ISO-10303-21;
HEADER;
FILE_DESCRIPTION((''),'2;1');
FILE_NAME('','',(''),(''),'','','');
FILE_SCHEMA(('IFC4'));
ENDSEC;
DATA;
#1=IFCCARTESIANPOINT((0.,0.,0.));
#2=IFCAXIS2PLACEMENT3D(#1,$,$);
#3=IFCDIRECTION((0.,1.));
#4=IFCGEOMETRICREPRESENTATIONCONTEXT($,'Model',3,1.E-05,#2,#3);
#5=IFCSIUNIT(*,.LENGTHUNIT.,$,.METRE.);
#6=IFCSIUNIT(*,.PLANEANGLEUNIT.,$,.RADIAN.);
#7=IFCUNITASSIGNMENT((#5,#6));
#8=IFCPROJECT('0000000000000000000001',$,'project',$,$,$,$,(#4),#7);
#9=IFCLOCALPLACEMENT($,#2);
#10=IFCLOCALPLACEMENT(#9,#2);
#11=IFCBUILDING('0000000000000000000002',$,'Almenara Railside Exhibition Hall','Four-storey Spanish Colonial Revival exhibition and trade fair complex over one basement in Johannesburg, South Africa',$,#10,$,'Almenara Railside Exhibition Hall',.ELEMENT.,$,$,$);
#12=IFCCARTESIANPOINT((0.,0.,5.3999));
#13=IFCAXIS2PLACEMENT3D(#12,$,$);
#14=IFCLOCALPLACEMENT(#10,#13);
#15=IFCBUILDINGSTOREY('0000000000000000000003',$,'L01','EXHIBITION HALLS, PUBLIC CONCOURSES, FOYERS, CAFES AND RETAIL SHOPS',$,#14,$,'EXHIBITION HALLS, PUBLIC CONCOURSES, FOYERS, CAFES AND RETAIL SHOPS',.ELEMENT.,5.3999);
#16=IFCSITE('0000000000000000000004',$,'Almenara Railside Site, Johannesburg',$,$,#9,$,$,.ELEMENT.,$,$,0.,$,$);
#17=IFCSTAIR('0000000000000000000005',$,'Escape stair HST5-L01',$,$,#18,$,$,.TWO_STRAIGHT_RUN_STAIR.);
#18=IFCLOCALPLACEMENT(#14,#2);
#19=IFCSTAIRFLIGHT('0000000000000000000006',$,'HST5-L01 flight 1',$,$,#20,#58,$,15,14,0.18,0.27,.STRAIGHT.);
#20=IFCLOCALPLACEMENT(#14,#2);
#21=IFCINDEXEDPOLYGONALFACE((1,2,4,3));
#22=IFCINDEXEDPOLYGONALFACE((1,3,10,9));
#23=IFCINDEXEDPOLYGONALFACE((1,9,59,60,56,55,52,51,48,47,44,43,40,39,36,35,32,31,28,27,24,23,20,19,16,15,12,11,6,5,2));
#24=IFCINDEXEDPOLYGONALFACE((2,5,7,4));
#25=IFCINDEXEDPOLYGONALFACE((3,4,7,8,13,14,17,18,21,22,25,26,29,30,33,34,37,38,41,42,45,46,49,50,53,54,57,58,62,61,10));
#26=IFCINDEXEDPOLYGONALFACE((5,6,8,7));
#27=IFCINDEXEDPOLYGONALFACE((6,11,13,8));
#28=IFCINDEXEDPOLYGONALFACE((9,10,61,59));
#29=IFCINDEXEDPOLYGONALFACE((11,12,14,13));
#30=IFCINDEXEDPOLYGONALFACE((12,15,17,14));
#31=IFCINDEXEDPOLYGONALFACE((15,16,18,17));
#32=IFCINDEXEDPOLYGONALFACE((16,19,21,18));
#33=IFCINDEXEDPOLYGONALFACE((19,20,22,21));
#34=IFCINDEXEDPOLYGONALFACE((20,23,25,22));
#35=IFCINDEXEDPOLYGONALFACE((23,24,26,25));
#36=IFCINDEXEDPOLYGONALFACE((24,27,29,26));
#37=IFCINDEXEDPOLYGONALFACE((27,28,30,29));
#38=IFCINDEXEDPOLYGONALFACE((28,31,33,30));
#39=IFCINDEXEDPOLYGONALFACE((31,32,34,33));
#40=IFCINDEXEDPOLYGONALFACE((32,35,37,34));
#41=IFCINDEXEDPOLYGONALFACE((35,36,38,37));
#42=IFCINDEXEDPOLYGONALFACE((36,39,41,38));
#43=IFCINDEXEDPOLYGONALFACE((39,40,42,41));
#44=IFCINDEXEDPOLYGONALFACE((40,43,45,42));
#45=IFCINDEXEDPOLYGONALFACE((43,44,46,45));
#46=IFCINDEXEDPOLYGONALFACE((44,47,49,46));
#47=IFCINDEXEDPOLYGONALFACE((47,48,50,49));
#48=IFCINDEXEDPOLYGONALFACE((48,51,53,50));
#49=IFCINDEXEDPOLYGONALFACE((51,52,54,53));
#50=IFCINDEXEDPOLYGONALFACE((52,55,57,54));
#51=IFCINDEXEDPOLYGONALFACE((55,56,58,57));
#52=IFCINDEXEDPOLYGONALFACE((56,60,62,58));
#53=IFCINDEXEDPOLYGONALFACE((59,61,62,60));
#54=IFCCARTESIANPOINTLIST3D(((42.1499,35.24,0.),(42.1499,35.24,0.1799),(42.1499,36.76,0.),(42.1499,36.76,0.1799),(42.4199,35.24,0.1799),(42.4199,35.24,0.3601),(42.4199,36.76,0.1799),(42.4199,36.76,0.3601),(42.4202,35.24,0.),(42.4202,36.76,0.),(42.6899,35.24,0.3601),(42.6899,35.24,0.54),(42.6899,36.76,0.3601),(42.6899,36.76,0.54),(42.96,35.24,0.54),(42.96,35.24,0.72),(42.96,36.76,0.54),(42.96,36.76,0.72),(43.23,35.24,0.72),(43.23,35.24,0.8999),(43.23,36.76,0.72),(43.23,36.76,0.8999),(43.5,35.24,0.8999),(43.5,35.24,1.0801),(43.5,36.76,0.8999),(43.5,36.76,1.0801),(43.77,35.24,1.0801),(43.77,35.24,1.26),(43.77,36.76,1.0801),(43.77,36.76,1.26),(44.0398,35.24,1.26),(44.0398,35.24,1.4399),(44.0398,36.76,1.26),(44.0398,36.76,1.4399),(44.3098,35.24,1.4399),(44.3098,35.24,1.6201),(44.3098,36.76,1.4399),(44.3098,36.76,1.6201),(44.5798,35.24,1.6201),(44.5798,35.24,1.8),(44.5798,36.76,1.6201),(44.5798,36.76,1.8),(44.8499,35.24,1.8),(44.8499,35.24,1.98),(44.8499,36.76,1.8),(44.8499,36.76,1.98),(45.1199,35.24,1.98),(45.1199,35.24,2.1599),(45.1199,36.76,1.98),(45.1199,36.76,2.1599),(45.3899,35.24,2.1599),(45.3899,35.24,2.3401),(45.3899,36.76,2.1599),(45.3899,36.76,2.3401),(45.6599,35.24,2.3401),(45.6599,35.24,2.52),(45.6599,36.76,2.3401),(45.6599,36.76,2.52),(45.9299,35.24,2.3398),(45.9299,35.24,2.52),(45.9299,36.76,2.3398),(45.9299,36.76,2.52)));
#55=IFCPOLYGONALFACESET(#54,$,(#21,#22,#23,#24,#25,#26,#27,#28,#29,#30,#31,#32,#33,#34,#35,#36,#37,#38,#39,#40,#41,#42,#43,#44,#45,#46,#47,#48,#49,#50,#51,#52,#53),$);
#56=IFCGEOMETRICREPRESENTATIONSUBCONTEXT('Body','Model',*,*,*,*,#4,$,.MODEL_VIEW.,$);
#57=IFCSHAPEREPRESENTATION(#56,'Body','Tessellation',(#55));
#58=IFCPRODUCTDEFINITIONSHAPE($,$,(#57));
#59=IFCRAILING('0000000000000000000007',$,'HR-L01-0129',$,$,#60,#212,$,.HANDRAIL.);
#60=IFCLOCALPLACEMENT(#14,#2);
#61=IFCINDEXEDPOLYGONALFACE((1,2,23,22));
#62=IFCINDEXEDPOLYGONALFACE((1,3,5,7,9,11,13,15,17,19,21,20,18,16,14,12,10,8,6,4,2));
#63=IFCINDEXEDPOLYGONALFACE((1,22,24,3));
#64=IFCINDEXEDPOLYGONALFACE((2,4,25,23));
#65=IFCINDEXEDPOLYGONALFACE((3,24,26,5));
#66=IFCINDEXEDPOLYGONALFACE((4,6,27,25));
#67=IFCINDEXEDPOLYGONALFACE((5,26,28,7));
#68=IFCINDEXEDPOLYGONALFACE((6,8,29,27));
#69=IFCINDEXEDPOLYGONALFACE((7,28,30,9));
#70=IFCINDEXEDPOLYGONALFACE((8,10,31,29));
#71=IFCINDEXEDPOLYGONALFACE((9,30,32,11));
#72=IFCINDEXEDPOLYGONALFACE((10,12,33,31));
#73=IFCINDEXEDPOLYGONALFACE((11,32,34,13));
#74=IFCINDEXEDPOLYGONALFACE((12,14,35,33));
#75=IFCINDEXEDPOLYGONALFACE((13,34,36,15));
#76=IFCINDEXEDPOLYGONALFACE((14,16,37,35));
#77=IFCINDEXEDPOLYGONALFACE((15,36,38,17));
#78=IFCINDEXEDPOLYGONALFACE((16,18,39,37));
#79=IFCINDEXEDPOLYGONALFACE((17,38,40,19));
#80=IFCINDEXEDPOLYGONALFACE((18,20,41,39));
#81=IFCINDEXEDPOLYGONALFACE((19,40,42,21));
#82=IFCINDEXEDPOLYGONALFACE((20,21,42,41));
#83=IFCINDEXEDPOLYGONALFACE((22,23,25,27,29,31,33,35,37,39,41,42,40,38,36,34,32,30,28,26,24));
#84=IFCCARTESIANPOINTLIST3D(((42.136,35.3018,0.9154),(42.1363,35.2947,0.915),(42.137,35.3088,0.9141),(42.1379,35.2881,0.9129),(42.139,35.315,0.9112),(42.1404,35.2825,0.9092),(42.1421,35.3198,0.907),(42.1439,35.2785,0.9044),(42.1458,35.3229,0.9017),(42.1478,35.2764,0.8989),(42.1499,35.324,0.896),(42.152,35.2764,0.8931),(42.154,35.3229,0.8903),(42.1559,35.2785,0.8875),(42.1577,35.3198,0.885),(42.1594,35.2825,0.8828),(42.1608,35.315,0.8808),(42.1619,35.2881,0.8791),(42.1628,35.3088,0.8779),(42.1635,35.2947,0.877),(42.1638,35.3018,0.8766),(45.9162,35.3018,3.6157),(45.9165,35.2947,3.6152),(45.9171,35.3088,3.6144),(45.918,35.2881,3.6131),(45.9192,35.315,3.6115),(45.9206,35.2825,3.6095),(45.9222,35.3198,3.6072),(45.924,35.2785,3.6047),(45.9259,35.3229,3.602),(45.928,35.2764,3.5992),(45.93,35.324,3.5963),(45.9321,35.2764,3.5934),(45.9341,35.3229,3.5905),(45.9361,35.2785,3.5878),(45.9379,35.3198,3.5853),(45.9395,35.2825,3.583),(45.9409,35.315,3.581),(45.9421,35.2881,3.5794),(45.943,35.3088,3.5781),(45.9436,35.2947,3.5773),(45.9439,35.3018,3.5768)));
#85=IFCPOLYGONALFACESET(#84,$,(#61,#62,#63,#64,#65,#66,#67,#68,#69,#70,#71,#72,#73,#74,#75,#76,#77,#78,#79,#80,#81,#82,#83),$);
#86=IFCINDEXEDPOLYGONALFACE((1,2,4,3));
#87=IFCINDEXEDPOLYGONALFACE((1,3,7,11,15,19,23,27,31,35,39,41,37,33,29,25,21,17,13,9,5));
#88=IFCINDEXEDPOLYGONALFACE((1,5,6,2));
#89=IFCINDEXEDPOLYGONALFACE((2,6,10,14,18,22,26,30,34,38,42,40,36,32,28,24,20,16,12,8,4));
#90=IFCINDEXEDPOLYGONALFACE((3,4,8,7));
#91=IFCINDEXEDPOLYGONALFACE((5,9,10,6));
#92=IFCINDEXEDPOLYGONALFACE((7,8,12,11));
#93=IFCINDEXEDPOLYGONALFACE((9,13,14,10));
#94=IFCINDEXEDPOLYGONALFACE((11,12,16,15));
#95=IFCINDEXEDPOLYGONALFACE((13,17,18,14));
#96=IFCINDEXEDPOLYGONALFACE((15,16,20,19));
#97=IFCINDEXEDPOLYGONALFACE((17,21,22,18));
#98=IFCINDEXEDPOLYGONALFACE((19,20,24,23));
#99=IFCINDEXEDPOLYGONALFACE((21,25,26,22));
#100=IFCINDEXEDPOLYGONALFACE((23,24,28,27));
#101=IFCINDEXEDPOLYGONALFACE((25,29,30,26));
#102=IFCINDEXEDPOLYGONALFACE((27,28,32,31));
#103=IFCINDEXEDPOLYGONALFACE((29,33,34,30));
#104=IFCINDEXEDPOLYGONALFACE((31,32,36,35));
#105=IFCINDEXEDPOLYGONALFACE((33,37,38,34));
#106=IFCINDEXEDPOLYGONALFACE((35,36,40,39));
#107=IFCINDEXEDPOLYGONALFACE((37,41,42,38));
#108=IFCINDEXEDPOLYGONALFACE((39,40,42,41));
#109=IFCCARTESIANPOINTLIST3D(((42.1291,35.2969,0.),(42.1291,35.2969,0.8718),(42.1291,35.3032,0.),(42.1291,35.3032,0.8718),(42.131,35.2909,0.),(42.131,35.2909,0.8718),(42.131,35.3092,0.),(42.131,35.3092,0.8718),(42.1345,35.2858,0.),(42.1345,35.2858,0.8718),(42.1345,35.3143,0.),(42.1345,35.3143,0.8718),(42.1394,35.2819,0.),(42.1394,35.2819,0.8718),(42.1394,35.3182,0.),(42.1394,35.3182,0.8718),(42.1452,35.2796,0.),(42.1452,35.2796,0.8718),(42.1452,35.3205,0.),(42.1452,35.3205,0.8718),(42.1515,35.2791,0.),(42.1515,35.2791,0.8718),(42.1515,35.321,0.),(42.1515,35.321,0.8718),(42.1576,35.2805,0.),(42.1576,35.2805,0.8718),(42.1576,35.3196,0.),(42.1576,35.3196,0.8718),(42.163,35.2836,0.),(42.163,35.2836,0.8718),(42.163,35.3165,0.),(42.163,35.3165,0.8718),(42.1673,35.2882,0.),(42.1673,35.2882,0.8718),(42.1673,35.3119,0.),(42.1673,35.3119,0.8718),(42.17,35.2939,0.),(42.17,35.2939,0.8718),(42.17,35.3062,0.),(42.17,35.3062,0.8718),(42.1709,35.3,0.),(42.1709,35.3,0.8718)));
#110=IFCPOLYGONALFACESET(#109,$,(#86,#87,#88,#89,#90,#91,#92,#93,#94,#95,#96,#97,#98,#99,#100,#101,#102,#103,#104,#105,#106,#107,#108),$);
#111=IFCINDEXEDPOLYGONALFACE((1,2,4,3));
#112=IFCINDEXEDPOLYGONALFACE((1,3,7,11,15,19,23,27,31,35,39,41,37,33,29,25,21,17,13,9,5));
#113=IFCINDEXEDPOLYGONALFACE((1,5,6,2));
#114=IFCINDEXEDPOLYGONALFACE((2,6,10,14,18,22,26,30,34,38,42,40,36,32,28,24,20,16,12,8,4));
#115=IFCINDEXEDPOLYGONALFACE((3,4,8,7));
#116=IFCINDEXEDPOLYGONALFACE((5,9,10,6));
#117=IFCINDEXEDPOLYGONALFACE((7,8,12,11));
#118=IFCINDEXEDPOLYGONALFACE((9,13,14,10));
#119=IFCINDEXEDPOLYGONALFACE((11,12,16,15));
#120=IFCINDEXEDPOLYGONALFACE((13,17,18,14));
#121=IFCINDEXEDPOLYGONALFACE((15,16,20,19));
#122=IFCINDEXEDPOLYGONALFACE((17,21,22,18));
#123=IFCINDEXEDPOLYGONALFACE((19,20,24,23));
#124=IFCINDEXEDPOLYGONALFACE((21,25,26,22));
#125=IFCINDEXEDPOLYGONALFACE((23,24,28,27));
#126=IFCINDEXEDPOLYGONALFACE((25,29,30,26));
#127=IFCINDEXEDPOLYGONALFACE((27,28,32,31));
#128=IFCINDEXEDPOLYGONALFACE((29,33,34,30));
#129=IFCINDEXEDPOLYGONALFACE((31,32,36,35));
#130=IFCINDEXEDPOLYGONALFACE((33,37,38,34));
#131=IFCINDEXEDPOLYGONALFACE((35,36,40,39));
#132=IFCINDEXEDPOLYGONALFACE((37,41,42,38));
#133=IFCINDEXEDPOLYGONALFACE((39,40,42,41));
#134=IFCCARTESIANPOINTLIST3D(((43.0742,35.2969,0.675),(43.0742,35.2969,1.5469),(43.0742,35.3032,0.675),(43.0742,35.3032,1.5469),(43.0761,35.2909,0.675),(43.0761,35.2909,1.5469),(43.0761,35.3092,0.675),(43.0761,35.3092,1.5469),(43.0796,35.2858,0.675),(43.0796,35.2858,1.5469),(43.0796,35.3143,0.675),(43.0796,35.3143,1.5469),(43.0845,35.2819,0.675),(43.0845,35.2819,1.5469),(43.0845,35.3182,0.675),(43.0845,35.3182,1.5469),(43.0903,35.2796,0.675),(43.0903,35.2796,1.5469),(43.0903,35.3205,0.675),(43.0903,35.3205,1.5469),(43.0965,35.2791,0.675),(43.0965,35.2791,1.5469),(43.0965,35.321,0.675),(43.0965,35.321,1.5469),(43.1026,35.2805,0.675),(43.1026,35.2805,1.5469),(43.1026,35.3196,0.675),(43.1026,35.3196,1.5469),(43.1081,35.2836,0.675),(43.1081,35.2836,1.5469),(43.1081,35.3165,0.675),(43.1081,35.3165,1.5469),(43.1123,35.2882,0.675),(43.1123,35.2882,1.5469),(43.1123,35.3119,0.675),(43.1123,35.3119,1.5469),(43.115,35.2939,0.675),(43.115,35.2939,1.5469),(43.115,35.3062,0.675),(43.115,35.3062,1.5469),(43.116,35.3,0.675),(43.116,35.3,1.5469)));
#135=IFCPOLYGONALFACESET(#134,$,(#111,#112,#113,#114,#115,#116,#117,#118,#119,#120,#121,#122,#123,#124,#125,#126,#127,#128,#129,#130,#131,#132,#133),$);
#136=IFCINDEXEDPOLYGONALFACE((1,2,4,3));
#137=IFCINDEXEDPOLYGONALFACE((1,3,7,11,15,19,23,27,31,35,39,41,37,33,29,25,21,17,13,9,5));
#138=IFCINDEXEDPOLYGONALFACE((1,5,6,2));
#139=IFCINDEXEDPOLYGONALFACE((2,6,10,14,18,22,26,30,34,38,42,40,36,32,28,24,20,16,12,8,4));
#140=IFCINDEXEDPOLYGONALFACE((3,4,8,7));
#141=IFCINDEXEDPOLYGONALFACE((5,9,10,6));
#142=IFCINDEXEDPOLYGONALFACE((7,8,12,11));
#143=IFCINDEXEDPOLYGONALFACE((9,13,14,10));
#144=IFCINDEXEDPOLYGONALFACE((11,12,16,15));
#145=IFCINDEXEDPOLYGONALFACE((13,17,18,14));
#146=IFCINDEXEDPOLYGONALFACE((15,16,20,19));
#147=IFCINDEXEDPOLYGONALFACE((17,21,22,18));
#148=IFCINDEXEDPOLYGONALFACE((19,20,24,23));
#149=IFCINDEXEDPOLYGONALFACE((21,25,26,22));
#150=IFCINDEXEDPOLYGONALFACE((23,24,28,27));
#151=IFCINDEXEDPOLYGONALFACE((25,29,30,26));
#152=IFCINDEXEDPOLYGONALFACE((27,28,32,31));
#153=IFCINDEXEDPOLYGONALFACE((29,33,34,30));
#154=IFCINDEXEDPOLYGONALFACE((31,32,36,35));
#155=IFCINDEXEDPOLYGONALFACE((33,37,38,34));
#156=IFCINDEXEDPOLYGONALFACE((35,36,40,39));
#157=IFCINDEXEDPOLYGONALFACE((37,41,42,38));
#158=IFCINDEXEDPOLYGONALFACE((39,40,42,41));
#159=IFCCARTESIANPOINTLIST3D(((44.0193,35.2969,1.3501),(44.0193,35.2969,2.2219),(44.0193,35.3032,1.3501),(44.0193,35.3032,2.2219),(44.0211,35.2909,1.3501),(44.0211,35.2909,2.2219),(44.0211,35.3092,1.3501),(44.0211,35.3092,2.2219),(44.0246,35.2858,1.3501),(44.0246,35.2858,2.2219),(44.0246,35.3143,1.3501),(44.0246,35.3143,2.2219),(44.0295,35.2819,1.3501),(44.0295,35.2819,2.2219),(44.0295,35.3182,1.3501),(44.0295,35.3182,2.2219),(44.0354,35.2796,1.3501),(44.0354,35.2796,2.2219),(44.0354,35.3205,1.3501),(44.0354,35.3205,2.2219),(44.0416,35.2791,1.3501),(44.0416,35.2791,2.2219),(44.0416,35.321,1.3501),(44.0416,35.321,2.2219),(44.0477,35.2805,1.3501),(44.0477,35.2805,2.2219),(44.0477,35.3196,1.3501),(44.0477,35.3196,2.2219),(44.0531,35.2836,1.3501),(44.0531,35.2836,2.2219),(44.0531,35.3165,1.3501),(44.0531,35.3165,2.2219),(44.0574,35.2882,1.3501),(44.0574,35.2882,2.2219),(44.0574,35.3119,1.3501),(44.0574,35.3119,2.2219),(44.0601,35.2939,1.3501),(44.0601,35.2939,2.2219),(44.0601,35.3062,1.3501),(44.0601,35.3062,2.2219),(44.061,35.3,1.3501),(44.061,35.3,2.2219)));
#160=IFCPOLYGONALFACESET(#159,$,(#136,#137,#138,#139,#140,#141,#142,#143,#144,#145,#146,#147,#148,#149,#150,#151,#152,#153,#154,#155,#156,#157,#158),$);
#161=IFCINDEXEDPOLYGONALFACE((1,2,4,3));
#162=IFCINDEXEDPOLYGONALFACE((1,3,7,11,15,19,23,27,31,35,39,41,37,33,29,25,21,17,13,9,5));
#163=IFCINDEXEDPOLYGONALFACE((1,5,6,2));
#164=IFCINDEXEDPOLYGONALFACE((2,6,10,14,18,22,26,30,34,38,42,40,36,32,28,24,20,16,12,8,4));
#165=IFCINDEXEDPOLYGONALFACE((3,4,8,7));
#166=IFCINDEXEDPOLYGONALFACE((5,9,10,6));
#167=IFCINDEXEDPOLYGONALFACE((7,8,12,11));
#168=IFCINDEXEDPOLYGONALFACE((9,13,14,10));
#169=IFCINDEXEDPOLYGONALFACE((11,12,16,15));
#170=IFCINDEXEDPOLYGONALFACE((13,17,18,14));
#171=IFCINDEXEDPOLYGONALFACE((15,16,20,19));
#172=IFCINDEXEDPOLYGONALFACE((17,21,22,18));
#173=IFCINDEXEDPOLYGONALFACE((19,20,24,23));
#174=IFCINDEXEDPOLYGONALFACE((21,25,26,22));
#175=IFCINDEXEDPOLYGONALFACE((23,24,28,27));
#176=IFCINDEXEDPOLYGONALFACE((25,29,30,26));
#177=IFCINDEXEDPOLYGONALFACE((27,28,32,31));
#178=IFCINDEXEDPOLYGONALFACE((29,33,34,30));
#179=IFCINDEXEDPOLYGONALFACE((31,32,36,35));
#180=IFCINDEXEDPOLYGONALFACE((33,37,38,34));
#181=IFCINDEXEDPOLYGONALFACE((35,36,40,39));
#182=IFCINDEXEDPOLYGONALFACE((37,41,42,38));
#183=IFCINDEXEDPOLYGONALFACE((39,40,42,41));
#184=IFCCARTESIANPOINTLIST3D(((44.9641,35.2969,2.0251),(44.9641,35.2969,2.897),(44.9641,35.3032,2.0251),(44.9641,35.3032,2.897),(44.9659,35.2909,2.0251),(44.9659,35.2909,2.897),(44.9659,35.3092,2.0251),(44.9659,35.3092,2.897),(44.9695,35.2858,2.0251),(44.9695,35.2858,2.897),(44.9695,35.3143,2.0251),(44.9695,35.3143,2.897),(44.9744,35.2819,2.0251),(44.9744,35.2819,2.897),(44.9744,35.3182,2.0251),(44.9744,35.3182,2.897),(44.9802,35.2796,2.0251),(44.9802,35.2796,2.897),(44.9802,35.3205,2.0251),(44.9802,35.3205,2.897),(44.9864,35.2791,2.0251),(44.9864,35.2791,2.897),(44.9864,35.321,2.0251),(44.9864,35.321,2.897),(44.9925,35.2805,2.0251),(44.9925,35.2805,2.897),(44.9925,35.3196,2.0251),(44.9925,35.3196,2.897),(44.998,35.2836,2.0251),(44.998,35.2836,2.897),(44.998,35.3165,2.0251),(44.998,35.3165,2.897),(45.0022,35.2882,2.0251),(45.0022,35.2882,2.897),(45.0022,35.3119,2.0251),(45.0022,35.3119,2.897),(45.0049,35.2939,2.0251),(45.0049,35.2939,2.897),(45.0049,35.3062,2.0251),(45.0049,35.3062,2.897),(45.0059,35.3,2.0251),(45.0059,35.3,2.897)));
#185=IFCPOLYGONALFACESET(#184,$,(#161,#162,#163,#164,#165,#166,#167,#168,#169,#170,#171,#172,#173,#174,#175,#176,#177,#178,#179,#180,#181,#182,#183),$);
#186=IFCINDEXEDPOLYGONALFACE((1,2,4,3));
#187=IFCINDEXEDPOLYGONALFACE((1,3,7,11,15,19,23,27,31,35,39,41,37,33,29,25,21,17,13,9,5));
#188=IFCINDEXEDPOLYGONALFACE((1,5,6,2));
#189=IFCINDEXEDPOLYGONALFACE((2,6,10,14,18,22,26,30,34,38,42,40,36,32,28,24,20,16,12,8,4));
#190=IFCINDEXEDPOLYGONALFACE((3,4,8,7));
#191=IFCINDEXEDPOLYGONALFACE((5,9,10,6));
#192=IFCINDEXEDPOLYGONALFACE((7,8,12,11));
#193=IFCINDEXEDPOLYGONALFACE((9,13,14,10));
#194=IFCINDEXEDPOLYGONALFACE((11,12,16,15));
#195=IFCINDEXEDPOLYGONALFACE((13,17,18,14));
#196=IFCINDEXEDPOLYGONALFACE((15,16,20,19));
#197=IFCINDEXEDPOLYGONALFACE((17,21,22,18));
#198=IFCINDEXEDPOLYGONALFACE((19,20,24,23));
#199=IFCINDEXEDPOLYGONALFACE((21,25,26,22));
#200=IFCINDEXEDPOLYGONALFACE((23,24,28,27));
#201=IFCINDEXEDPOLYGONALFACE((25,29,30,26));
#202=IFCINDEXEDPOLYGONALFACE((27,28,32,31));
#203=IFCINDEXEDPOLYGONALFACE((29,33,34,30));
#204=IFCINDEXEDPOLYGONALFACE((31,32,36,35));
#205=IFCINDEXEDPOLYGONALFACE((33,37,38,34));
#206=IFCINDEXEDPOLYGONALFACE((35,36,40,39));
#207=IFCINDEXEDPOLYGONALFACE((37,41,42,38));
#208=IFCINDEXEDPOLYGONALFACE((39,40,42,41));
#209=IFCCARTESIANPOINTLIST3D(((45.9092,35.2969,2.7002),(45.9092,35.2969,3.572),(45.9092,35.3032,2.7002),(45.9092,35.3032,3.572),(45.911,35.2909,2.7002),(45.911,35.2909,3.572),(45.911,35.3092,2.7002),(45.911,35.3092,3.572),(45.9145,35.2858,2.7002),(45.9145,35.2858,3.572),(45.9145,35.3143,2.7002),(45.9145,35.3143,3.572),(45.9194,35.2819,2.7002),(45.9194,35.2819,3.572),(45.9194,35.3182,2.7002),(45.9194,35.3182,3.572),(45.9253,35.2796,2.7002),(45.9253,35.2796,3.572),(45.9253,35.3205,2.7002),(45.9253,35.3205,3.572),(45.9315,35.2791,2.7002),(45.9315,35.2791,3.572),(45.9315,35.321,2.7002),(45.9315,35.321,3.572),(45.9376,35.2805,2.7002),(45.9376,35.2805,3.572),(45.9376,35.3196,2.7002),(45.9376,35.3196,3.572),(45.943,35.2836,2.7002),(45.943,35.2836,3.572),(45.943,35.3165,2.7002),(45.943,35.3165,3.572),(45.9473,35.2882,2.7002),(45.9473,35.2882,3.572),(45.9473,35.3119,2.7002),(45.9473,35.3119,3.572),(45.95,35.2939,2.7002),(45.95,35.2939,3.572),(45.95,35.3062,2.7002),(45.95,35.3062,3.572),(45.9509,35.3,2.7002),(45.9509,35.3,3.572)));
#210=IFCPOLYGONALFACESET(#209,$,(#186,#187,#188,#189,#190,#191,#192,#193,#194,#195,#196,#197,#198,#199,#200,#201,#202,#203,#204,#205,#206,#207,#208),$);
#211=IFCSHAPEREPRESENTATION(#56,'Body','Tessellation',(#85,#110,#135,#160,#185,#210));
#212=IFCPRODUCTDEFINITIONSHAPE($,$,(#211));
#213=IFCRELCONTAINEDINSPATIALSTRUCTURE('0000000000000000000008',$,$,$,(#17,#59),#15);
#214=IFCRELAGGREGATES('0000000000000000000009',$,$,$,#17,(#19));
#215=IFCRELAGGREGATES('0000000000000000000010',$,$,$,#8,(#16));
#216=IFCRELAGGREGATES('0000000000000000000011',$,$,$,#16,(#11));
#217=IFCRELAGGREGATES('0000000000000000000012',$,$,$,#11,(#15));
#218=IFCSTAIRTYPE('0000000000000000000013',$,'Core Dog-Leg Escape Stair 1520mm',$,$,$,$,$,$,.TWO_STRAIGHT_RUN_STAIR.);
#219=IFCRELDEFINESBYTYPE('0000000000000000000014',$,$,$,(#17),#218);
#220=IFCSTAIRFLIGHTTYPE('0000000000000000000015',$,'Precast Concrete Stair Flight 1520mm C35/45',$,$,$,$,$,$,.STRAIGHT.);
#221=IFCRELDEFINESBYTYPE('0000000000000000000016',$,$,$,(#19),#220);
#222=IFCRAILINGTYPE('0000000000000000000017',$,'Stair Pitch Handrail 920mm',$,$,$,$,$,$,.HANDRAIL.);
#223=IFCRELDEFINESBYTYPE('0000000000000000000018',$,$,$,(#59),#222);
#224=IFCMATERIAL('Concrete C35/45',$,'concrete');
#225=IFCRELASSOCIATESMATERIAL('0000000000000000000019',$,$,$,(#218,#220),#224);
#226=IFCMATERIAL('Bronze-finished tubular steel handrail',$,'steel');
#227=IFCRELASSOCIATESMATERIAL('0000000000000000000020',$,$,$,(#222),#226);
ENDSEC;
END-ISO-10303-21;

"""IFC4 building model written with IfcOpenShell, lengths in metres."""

from ifc_helpers import new_model, si_unit, direction, frame, origin, origin_2d, place, context, subcontext, project, spatial, polyline, circle, outline, extrude, material, type_object, element, aggregate, save


model = new_model("IFC4")

# Units and contexts
model_context = context("Model", 3, precision=1e-05, world=origin(), true_north=direction((0.0, 1.0)))
body_context = subcontext(model_context, "Body", "Model", "MODEL_VIEW")
ifc_project = project(units=[si_unit("LENGTHUNIT", "METRE"), si_unit("PLANEANGLEUNIT", "RADIAN")], contexts=[model_context])

# Site, building, storey
site_placement = place(None, origin())
site = spatial("IfcSite", under=ifc_project, at=site_placement, Name="Almenara Railside Site, Johannesburg", CompositionType="ELEMENT", RefElevation=0.0)
building_placement = place(site_placement, origin())
building = spatial("IfcBuilding", under=site, at=building_placement, Name="Almenara Railside Exhibition Hall", Description="Four-storey Spanish Colonial Revival exhibition and trade fair complex over one basement in Johannesburg, South Africa", LongName="Almenara Railside Exhibition Hall", CompositionType="ELEMENT")
storey_placement = place(building_placement, frame((0.0, 0.0, 5.3999)))
storey = spatial("IfcBuildingStorey", under=building, at=storey_placement, Name="L01", Description="EXHIBITION HALLS, PUBLIC CONCOURSES, FOYERS, CAFES AND RETAIL SHOPS", LongName="EXHIBITION HALLS, PUBLIC CONCOURSES, FOYERS, CAFES AND RETAIL SHOPS", CompositionType="ELEMENT", Elevation=5.3999)

# Shared definitions
ifc_material_1 = material(Name="Concrete C35/45", Category="concrete")

# Stair, stair flight
stair_type = type_object("IfcStairType", Name="Core Dog-Leg Escape Stair 1520mm", PredefinedType="TWO_STRAIGHT_RUN_STAIR", material=ifc_material_1)
stair_placement = place(storey_placement, origin())
stair = element("IfcStair", 1, at=stair_placement, inside=storey, type_object=stair_type, Name="Escape stair HST5-L01", PredefinedType="TWO_STRAIGHT_RUN_STAIR")
stair_flight_type = type_object("IfcStairFlightType", Name="Precast Concrete Stair Flight 1520mm C35/45", PredefinedType="STRAIGHT", material=ifc_material_1)
stair_flight_placement = place(storey_placement, frame((42.1499, 36.0, 0.0), z_axis=(0.0, 0.0, 1.0), x_axis=(1.0, 0.0, 0.0)))
stair_flight = element("IfcStairFlight", 2, at=stair_flight_placement, type_object=stair_flight_type, Name="HST5-L01 flight 1", NumberOfRisers=15, NumberOfTreads=14, PredefinedType="STRAIGHT", RiserHeight=0.18, TreadLength=0.27, context=body_context, shape_type="SweptSolid", body=[
    extrude(outline(polyline([(0.0, 0.0), (0.0, 0.1799), (0.27, 0.1799), (0.27, 0.3601), (0.54, 0.3601), (0.54, 0.54), (0.8101, 0.54), (0.8101, 0.72), (1.0801, 0.72), (1.0801, 0.8999), (1.3501, 0.8999), (1.3501, 1.0801), (1.6201, 1.0801), (1.6201, 1.26), (1.8899, 1.26), (1.8899, 1.4399), (2.1599, 1.4399), (2.1599, 1.6201), (2.4299, 1.6201), (2.4299, 1.8), (2.7, 1.8), (2.7, 1.98), (2.97, 1.98), (2.97, 2.1599), (3.24, 2.1599), (3.24, 2.3401), (3.51, 2.3401), (3.51, 2.52), (3.78, 2.52), (3.78, 2.7), (3.78, 2.3398), (0.2703, 0.0), (0.0, 0.0)])), frame((0.0, 0.76, 0.0), z_axis=(0.0, -1.0, 0.0), x_axis=(1.0, 0.0, 0.0)), (0.0, 0.0, 1.0), 1.52),
])
aggregate(stair, [stair_flight])

# Railing
ifc_material_2 = material(Name="Bronze-finished tubular steel handrail", Category="steel")
railing_type_1 = type_object("IfcRailingType", Name="Stair Pitch Handrail 920mm", PredefinedType="HANDRAIL", material=ifc_material_2)
railing_1_placement = place(storey_placement, frame((42.1499, 35.3, 0.0)))
element("IfcRailing", 3, at=railing_1_placement, inside=storey, type_object=railing_type_1, Name="HR-L01-0129", PredefinedType="HANDRAIL", context=body_context, shape_type="SweptSolid", body=[
    extrude(circle(Radius=0.0239, at=origin_2d()), frame((0.0, 0.0, 0.896), z_axis=(0.813716, 0.0, 0.581263), x_axis=(0.0, 1.0, 0.0)), (0.0, 0.0, 1.0), 4.6455),
    extrude(circle(Radius=0.021, at=origin_2d()), origin(), (0.0, 0.0, 1.0), 0.8718),
    extrude(circle(Radius=0.021, at=origin_2d()), frame((0.9451, 0.0, 0.675)), (0.0, 0.0, 1.0), 0.8718),
    extrude(circle(Radius=0.021, at=origin_2d()), frame((1.8901, 0.0, 1.3501)), (0.0, 0.0, 1.0), 0.8718),
    extrude(circle(Radius=0.021, at=origin_2d()), frame((2.835, 0.0, 2.0251)), (0.0, 0.0, 1.0), 0.8718),
    extrude(circle(Radius=0.021, at=origin_2d()), frame((3.78, 0.0, 2.7002)), (0.0, 0.0, 1.0), 0.8718),
])

save(model, "model.ifc")
